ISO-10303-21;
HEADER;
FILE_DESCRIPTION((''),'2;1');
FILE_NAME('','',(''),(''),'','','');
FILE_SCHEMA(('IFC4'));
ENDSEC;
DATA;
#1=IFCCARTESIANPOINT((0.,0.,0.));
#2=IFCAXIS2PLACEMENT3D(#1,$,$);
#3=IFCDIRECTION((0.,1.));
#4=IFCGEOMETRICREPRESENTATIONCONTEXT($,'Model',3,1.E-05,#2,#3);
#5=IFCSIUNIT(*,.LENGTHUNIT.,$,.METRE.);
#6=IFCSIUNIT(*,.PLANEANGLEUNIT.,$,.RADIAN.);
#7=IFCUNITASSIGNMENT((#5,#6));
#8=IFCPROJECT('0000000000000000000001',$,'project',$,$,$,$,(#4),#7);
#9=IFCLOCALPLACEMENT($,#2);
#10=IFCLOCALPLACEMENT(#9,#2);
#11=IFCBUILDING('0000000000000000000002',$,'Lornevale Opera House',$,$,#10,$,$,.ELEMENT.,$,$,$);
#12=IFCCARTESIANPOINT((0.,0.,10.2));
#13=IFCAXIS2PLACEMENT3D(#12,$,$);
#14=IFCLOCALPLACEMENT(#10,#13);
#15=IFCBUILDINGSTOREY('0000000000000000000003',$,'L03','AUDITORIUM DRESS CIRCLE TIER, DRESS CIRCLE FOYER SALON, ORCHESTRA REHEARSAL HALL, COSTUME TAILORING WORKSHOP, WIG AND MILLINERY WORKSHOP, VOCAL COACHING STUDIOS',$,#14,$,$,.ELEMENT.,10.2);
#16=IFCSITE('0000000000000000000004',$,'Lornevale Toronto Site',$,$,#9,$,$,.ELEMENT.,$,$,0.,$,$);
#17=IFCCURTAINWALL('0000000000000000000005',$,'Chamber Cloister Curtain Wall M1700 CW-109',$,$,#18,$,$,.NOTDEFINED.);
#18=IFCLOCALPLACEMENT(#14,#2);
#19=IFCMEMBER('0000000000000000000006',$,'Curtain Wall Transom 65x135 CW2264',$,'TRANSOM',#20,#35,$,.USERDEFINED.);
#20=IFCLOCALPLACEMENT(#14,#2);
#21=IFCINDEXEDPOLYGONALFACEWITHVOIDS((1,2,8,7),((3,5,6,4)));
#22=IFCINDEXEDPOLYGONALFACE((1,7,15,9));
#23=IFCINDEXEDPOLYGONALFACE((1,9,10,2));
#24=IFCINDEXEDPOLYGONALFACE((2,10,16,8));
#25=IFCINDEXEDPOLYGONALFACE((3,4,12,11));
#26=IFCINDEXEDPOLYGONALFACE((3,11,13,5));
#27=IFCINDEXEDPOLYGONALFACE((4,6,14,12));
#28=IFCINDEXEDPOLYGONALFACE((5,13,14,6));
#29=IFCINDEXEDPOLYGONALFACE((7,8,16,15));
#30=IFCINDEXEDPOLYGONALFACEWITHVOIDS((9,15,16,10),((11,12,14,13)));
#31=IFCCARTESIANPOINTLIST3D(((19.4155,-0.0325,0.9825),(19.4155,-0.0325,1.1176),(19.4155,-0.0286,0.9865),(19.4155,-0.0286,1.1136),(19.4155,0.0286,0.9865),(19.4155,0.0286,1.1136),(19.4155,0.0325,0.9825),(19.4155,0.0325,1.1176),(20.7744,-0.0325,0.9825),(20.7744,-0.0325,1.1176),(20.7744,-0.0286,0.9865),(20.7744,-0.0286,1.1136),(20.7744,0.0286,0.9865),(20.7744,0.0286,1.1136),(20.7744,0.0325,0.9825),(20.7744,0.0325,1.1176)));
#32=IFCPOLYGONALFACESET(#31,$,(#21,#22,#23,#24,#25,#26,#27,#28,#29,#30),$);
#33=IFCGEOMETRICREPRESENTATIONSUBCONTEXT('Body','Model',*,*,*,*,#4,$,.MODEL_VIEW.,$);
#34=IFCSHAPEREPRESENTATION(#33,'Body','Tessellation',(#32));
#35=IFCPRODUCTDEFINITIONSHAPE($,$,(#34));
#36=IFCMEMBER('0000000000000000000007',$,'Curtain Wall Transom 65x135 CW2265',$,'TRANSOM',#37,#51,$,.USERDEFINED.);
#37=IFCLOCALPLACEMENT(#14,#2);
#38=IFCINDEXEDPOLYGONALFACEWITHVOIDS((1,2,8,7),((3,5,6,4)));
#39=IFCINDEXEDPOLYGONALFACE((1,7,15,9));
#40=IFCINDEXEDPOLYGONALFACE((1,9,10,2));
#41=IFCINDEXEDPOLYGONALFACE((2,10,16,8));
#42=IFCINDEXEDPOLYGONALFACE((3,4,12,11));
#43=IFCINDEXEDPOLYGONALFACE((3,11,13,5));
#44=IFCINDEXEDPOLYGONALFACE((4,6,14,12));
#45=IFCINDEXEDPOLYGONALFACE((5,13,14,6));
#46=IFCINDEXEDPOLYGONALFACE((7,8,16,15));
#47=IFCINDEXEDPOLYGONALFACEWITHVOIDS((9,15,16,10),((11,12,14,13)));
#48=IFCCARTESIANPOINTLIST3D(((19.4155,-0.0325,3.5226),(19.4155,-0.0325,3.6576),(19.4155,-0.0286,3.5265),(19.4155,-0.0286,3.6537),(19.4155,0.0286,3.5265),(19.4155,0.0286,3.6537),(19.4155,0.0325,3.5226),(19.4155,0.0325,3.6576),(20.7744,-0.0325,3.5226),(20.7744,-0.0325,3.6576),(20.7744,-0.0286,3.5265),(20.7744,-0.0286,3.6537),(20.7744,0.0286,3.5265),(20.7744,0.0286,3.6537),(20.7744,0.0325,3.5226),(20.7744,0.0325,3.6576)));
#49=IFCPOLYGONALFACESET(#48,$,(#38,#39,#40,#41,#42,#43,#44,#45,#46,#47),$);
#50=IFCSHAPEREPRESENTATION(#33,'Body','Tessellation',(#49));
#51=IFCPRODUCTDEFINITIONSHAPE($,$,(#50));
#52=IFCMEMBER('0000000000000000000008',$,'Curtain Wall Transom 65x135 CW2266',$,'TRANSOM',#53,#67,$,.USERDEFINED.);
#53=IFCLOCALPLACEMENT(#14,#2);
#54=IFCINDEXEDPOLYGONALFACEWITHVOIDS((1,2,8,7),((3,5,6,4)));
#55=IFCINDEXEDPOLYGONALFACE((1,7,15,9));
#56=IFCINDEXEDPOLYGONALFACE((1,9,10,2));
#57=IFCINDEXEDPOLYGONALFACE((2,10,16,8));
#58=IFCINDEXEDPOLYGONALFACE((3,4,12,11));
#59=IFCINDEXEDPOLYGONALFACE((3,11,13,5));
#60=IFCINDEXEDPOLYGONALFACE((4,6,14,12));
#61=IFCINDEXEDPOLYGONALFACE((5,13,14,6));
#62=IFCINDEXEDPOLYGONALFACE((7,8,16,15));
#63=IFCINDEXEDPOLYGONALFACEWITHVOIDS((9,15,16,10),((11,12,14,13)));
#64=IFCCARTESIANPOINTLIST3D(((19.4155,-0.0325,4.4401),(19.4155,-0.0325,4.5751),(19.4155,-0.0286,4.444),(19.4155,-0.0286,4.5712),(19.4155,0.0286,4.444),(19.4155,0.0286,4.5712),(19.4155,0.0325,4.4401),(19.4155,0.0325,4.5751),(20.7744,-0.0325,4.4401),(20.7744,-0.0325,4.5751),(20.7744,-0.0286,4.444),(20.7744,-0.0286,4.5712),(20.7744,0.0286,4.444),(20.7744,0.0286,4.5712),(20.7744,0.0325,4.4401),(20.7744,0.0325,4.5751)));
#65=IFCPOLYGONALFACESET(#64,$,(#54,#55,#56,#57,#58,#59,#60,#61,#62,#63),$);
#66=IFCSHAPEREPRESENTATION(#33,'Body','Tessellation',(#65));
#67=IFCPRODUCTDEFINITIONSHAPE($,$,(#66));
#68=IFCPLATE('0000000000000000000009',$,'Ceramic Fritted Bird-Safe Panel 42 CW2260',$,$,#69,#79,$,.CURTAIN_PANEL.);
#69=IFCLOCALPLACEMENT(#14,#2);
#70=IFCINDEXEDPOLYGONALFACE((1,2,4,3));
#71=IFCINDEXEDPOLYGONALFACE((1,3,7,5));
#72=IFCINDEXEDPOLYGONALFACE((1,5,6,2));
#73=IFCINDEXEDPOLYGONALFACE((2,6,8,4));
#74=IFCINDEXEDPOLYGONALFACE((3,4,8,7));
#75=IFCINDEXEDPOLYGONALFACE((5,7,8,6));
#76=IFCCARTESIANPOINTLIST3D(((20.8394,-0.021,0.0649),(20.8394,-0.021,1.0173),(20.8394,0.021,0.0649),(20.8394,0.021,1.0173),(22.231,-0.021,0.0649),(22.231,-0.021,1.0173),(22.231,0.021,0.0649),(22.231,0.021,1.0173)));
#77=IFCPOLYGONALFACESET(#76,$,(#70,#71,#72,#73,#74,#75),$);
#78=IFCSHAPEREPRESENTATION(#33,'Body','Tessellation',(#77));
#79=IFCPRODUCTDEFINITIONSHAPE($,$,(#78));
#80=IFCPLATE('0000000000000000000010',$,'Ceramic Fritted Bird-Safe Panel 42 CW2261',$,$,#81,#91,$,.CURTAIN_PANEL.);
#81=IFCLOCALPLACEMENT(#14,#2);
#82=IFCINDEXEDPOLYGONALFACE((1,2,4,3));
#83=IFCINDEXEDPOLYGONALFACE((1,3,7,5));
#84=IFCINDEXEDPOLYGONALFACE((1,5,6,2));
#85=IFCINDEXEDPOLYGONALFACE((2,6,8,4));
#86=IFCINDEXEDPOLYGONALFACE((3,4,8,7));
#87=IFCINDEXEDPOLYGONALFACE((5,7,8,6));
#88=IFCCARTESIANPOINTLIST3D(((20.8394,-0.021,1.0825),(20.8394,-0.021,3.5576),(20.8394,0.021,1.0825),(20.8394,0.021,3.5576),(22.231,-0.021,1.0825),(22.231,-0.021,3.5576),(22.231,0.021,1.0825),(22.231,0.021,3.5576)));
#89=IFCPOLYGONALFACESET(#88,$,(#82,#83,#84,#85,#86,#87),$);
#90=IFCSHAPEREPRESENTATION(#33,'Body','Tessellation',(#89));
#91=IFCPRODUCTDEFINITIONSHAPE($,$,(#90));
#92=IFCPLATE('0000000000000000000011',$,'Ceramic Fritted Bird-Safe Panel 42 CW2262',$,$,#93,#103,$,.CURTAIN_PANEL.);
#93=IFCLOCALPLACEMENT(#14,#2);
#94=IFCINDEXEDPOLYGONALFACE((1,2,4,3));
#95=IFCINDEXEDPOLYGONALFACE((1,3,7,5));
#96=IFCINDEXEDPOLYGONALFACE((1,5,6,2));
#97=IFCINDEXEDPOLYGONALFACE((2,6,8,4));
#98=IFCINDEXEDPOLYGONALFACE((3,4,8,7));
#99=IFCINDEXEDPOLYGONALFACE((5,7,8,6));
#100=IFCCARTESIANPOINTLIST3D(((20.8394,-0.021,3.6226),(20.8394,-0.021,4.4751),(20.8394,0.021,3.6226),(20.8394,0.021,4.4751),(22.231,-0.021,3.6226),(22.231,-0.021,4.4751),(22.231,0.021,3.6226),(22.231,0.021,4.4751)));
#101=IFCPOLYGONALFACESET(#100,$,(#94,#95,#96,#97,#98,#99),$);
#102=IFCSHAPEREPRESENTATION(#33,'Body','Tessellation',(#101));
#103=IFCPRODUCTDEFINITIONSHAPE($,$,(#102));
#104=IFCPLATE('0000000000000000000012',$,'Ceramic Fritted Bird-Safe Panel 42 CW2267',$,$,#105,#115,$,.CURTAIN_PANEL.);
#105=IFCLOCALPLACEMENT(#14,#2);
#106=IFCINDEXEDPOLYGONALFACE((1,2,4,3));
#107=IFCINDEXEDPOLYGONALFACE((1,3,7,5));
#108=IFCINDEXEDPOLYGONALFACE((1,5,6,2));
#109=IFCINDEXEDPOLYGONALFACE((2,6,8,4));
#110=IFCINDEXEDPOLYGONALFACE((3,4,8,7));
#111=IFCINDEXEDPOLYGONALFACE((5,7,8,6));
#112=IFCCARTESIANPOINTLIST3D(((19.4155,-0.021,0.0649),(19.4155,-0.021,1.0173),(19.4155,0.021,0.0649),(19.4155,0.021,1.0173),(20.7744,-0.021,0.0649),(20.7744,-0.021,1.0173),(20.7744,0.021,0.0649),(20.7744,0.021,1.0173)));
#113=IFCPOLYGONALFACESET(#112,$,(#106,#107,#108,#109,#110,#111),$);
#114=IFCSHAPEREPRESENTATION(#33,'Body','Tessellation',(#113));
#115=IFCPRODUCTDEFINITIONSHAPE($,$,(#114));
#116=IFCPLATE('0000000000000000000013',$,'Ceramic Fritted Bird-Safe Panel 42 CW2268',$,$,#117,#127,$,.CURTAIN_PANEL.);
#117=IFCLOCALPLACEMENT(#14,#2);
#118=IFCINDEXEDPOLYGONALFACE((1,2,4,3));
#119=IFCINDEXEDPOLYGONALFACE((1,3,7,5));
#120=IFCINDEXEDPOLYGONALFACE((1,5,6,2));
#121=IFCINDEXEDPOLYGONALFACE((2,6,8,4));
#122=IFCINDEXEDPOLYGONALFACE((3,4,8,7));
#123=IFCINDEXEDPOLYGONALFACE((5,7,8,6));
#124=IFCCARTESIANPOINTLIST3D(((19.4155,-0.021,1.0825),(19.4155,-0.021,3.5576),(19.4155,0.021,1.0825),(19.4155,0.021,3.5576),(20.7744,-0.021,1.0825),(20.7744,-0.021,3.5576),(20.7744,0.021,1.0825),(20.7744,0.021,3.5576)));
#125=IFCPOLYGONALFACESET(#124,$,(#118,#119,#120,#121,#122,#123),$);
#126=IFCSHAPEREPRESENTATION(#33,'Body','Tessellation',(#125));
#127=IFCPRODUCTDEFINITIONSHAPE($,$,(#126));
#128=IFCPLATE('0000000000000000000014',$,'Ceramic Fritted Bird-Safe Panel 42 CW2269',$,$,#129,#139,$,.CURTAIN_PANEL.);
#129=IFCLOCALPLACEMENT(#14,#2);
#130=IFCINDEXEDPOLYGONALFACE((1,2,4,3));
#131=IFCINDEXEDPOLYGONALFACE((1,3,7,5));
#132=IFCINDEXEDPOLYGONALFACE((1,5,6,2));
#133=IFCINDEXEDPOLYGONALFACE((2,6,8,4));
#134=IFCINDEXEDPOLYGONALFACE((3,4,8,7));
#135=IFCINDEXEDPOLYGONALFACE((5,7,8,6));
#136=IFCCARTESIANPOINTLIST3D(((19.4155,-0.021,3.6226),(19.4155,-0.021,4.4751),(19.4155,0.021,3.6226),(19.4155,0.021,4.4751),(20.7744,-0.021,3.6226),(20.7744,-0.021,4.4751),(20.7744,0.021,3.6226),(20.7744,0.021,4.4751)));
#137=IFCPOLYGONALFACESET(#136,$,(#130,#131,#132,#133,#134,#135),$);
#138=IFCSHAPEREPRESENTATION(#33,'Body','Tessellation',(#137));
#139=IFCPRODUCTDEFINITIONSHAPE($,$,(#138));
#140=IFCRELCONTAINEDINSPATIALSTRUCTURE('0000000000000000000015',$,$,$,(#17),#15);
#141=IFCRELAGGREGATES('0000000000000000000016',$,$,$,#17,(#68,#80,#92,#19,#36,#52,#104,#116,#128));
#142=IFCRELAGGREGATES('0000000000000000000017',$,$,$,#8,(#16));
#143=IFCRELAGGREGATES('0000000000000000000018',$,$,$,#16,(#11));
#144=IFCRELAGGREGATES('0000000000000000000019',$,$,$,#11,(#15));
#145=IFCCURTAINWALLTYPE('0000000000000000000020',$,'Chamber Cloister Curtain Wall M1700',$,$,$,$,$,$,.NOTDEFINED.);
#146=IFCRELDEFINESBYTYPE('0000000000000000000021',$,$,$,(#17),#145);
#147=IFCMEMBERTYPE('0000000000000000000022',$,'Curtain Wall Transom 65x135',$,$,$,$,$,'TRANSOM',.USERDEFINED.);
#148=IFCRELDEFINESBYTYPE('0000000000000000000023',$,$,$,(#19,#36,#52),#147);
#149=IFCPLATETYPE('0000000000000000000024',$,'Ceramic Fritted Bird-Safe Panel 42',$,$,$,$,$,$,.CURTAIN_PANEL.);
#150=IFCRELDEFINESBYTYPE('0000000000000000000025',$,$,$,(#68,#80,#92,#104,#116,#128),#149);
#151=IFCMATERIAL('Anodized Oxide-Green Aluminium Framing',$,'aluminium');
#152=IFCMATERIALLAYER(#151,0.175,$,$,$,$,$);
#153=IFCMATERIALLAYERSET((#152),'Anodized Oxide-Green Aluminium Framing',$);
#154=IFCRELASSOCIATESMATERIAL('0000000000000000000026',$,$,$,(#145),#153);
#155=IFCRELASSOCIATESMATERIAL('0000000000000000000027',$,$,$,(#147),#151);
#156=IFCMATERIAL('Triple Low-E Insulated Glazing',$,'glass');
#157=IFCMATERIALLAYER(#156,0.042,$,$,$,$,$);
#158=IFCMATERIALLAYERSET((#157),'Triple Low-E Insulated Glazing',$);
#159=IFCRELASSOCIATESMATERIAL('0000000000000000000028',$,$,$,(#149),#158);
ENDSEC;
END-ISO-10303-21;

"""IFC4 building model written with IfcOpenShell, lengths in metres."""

from ifc_helpers import new_model, si_unit, direction, frame, origin, origin_2d, place, context, subcontext, project, spatial, rectangle, hollow_rectangle, extrude, material, layer, layer_set, material_profile, profile_set, type_object, element, aggregate, save


model = new_model("IFC4")

# Units and contexts
model_context = context("Model", 3, precision=1e-05, world=origin(), true_north=direction((0.0, 1.0)))
body_context = subcontext(model_context, "Body", "Model", "MODEL_VIEW")
ifc_project = project(units=[si_unit("LENGTHUNIT", "METRE"), si_unit("PLANEANGLEUNIT", "RADIAN")], contexts=[model_context])

# Site, building, storey
site_placement = place(None, origin())
site = spatial("IfcSite", under=ifc_project, at=site_placement, Name="Lornevale Toronto Site", CompositionType="ELEMENT", RefElevation=0.0)
building_placement = place(site_placement, origin())
building = spatial("IfcBuilding", under=site, at=building_placement, Name="Lornevale Opera House", CompositionType="ELEMENT")
storey_placement = place(building_placement, frame((0.0, 0.0, 10.2)))
storey = spatial("IfcBuildingStorey", under=building, at=storey_placement, Name="L03", Description="AUDITORIUM DRESS CIRCLE TIER, DRESS CIRCLE FOYER SALON, ORCHESTRA REHEARSAL HALL, COSTUME TAILORING WORKSHOP, WIG AND MILLINERY WORKSHOP, VOCAL COACHING STUDIOS", CompositionType="ELEMENT", Elevation=10.2)

# Shared definitions
ifc_material_1 = material(Name="Anodized Oxide-Green Aluminium Framing", Category="aluminium")
ifc_layer_1 = layer(ifc_material_1, 0.175)
ifc_layer_set_1 = layer_set([ifc_layer_1], Name="Anodized Oxide-Green Aluminium Framing")
curtain_wall_type = type_object("IfcCurtainWallType", Name="Chamber Cloister Curtain Wall M1700", PredefinedType="NOTDEFINED", material=ifc_layer_set_1)

# Curtain wall, members, plates
curtain_wall_1_placement = place(storey_placement, origin())
curtain_wall_1 = element("IfcCurtainWall", 1, at=curtain_wall_1_placement, inside=storey, type_object=curtain_wall_type, Name="Chamber Cloister Curtain Wall M1700 CW-109", PredefinedType="NOTDEFINED")
ifc_material_profile_1 = material_profile(ifc_material_1, hollow_rectangle(XDim=0.0649, YDim=0.135, WallThickness=0.0039, at=origin_2d()), Name="ALU65x135x4")
ifc_profile_set_1 = profile_set([ifc_material_profile_1], Name="Anodized Oxide-Green Aluminium Framing")
member_type_1 = type_object("IfcMemberType", Name="Curtain Wall Transom 65x135", ElementType="TRANSOM", PredefinedType="USERDEFINED", material=ifc_profile_set_1)
member_1_placement = place(storey_placement, frame((20.7744, 0.0, 1.05), z_axis=(-1.0, 0.0, 0.0), x_axis=(0.0, -1.0, 0.0)))
member_1 = element("IfcMember", 2, at=member_1_placement, type_object=member_type_1, Name="Curtain Wall Transom 65x135 CW2264", ObjectType="TRANSOM", PredefinedType="USERDEFINED", context=body_context, shape_type="SweptSolid", body=[
    extrude(hollow_rectangle(XDim=0.0649, YDim=0.135, WallThickness=0.0039, at=origin_2d()), origin(), (0.0, 0.0, 1.0), 1.3589),
])
member_2_placement = place(storey_placement, frame((20.7744, 0.0, 3.5901), z_axis=(-1.0, 0.0, 0.0), x_axis=(0.0, -1.0, 0.0)))
member_2 = element("IfcMember", 3, at=member_2_placement, type_object=member_type_1, Name="Curtain Wall Transom 65x135 CW2265", ObjectType="TRANSOM", PredefinedType="USERDEFINED", context=body_context, shape_type="SweptSolid", body=[
    extrude(hollow_rectangle(XDim=0.0649, YDim=0.135, WallThickness=0.0039, at=origin_2d()), origin(), (0.0, 0.0, 1.0), 1.3589),
])
member_3_placement = place(storey_placement, frame((20.7744, 0.0, 4.5076), z_axis=(-1.0, 0.0, 0.0), x_axis=(0.0, -1.0, 0.0)))
member_3 = element("IfcMember", 4, at=member_3_placement, type_object=member_type_1, Name="Curtain Wall Transom 65x135 CW2266", ObjectType="TRANSOM", PredefinedType="USERDEFINED", context=body_context, shape_type="SweptSolid", body=[
    extrude(hollow_rectangle(XDim=0.0649, YDim=0.135, WallThickness=0.0039, at=origin_2d()), origin(), (0.0, 0.0, 1.0), 1.3589),
])
ifc_material_2 = material(Name="Triple Low-E Insulated Glazing", Category="glass")
ifc_layer_2 = layer(ifc_material_2, 0.042)
ifc_layer_set_2 = layer_set([ifc_layer_2], Name="Triple Low-E Insulated Glazing")
plate_type = type_object("IfcPlateType", Name="Ceramic Fritted Bird-Safe Panel 42", PredefinedType="CURTAIN_PANEL", material=ifc_layer_set_2)
plate_1_placement = place(storey_placement, frame((21.5352, 0.0, 0.0649), z_axis=(0.0, 0.0, 1.0), x_axis=(-1.0, 0.0, 0.0)))
plate_1 = element("IfcPlate", 5, at=plate_1_placement, type_object=plate_type, Name="Ceramic Fritted Bird-Safe Panel 42 CW2260", PredefinedType="CURTAIN_PANEL", context=body_context, shape_type="SweptSolid", body=[
    extrude(rectangle(XDim=1.3916, YDim=0.042, at=origin_2d()), origin(), (0.0, 0.0, 1.0), 0.9524),
])
plate_2_placement = place(storey_placement, frame((21.5352, 0.0, 1.0825), z_axis=(0.0, 0.0, 1.0), x_axis=(-1.0, 0.0, 0.0)))
plate_2 = element("IfcPlate", 6, at=plate_2_placement, type_object=plate_type, Name="Ceramic Fritted Bird-Safe Panel 42 CW2261", PredefinedType="CURTAIN_PANEL", context=body_context, shape_type="SweptSolid", body=[
    extrude(rectangle(XDim=1.3916, YDim=0.042, at=origin_2d()), origin(), (0.0, 0.0, 1.0), 2.4751),
])
plate_3_placement = place(storey_placement, frame((21.5352, 0.0, 3.6226), z_axis=(0.0, 0.0, 1.0), x_axis=(-1.0, 0.0, 0.0)))
plate_3 = element("IfcPlate", 7, at=plate_3_placement, type_object=plate_type, Name="Ceramic Fritted Bird-Safe Panel 42 CW2262", PredefinedType="CURTAIN_PANEL", context=body_context, shape_type="SweptSolid", body=[
    extrude(rectangle(XDim=1.3916, YDim=0.042, at=origin_2d()), origin(), (0.0, 0.0, 1.0), 0.8525),
])
plate_4_placement = place(storey_placement, frame((20.095, 0.0, 0.0649), z_axis=(0.0, 0.0, 1.0), x_axis=(-1.0, 0.0, 0.0)))
plate_4 = element("IfcPlate", 8, at=plate_4_placement, type_object=plate_type, Name="Ceramic Fritted Bird-Safe Panel 42 CW2267", PredefinedType="CURTAIN_PANEL", context=body_context, shape_type="SweptSolid", body=[
    extrude(rectangle(XDim=1.3589, YDim=0.042, at=origin_2d()), origin(), (0.0, 0.0, 1.0), 0.9524),
])
plate_5_placement = place(storey_placement, frame((20.095, 0.0, 1.0825), z_axis=(0.0, 0.0, 1.0), x_axis=(-1.0, 0.0, 0.0)))
plate_5 = element("IfcPlate", 9, at=plate_5_placement, type_object=plate_type, Name="Ceramic Fritted Bird-Safe Panel 42 CW2268", PredefinedType="CURTAIN_PANEL", context=body_context, shape_type="SweptSolid", body=[
    extrude(rectangle(XDim=1.3589, YDim=0.042, at=origin_2d()), origin(), (0.0, 0.0, 1.0), 2.4751),
])
plate_6_placement = place(storey_placement, frame((20.095, 0.0, 3.6226), z_axis=(0.0, 0.0, 1.0), x_axis=(-1.0, 0.0, 0.0)))
plate_6 = element("IfcPlate", 10, at=plate_6_placement, type_object=plate_type, Name="Ceramic Fritted Bird-Safe Panel 42 CW2269", PredefinedType="CURTAIN_PANEL", context=body_context, shape_type="SweptSolid", body=[
    extrude(rectangle(XDim=1.3589, YDim=0.042, at=origin_2d()), origin(), (0.0, 0.0, 1.0), 0.8525),
])
aggregate(curtain_wall_1, [plate_1, plate_2, plate_3, member_1, member_2, member_3, plate_4, plate_5, plate_6])

save(model, "model.ifc")
